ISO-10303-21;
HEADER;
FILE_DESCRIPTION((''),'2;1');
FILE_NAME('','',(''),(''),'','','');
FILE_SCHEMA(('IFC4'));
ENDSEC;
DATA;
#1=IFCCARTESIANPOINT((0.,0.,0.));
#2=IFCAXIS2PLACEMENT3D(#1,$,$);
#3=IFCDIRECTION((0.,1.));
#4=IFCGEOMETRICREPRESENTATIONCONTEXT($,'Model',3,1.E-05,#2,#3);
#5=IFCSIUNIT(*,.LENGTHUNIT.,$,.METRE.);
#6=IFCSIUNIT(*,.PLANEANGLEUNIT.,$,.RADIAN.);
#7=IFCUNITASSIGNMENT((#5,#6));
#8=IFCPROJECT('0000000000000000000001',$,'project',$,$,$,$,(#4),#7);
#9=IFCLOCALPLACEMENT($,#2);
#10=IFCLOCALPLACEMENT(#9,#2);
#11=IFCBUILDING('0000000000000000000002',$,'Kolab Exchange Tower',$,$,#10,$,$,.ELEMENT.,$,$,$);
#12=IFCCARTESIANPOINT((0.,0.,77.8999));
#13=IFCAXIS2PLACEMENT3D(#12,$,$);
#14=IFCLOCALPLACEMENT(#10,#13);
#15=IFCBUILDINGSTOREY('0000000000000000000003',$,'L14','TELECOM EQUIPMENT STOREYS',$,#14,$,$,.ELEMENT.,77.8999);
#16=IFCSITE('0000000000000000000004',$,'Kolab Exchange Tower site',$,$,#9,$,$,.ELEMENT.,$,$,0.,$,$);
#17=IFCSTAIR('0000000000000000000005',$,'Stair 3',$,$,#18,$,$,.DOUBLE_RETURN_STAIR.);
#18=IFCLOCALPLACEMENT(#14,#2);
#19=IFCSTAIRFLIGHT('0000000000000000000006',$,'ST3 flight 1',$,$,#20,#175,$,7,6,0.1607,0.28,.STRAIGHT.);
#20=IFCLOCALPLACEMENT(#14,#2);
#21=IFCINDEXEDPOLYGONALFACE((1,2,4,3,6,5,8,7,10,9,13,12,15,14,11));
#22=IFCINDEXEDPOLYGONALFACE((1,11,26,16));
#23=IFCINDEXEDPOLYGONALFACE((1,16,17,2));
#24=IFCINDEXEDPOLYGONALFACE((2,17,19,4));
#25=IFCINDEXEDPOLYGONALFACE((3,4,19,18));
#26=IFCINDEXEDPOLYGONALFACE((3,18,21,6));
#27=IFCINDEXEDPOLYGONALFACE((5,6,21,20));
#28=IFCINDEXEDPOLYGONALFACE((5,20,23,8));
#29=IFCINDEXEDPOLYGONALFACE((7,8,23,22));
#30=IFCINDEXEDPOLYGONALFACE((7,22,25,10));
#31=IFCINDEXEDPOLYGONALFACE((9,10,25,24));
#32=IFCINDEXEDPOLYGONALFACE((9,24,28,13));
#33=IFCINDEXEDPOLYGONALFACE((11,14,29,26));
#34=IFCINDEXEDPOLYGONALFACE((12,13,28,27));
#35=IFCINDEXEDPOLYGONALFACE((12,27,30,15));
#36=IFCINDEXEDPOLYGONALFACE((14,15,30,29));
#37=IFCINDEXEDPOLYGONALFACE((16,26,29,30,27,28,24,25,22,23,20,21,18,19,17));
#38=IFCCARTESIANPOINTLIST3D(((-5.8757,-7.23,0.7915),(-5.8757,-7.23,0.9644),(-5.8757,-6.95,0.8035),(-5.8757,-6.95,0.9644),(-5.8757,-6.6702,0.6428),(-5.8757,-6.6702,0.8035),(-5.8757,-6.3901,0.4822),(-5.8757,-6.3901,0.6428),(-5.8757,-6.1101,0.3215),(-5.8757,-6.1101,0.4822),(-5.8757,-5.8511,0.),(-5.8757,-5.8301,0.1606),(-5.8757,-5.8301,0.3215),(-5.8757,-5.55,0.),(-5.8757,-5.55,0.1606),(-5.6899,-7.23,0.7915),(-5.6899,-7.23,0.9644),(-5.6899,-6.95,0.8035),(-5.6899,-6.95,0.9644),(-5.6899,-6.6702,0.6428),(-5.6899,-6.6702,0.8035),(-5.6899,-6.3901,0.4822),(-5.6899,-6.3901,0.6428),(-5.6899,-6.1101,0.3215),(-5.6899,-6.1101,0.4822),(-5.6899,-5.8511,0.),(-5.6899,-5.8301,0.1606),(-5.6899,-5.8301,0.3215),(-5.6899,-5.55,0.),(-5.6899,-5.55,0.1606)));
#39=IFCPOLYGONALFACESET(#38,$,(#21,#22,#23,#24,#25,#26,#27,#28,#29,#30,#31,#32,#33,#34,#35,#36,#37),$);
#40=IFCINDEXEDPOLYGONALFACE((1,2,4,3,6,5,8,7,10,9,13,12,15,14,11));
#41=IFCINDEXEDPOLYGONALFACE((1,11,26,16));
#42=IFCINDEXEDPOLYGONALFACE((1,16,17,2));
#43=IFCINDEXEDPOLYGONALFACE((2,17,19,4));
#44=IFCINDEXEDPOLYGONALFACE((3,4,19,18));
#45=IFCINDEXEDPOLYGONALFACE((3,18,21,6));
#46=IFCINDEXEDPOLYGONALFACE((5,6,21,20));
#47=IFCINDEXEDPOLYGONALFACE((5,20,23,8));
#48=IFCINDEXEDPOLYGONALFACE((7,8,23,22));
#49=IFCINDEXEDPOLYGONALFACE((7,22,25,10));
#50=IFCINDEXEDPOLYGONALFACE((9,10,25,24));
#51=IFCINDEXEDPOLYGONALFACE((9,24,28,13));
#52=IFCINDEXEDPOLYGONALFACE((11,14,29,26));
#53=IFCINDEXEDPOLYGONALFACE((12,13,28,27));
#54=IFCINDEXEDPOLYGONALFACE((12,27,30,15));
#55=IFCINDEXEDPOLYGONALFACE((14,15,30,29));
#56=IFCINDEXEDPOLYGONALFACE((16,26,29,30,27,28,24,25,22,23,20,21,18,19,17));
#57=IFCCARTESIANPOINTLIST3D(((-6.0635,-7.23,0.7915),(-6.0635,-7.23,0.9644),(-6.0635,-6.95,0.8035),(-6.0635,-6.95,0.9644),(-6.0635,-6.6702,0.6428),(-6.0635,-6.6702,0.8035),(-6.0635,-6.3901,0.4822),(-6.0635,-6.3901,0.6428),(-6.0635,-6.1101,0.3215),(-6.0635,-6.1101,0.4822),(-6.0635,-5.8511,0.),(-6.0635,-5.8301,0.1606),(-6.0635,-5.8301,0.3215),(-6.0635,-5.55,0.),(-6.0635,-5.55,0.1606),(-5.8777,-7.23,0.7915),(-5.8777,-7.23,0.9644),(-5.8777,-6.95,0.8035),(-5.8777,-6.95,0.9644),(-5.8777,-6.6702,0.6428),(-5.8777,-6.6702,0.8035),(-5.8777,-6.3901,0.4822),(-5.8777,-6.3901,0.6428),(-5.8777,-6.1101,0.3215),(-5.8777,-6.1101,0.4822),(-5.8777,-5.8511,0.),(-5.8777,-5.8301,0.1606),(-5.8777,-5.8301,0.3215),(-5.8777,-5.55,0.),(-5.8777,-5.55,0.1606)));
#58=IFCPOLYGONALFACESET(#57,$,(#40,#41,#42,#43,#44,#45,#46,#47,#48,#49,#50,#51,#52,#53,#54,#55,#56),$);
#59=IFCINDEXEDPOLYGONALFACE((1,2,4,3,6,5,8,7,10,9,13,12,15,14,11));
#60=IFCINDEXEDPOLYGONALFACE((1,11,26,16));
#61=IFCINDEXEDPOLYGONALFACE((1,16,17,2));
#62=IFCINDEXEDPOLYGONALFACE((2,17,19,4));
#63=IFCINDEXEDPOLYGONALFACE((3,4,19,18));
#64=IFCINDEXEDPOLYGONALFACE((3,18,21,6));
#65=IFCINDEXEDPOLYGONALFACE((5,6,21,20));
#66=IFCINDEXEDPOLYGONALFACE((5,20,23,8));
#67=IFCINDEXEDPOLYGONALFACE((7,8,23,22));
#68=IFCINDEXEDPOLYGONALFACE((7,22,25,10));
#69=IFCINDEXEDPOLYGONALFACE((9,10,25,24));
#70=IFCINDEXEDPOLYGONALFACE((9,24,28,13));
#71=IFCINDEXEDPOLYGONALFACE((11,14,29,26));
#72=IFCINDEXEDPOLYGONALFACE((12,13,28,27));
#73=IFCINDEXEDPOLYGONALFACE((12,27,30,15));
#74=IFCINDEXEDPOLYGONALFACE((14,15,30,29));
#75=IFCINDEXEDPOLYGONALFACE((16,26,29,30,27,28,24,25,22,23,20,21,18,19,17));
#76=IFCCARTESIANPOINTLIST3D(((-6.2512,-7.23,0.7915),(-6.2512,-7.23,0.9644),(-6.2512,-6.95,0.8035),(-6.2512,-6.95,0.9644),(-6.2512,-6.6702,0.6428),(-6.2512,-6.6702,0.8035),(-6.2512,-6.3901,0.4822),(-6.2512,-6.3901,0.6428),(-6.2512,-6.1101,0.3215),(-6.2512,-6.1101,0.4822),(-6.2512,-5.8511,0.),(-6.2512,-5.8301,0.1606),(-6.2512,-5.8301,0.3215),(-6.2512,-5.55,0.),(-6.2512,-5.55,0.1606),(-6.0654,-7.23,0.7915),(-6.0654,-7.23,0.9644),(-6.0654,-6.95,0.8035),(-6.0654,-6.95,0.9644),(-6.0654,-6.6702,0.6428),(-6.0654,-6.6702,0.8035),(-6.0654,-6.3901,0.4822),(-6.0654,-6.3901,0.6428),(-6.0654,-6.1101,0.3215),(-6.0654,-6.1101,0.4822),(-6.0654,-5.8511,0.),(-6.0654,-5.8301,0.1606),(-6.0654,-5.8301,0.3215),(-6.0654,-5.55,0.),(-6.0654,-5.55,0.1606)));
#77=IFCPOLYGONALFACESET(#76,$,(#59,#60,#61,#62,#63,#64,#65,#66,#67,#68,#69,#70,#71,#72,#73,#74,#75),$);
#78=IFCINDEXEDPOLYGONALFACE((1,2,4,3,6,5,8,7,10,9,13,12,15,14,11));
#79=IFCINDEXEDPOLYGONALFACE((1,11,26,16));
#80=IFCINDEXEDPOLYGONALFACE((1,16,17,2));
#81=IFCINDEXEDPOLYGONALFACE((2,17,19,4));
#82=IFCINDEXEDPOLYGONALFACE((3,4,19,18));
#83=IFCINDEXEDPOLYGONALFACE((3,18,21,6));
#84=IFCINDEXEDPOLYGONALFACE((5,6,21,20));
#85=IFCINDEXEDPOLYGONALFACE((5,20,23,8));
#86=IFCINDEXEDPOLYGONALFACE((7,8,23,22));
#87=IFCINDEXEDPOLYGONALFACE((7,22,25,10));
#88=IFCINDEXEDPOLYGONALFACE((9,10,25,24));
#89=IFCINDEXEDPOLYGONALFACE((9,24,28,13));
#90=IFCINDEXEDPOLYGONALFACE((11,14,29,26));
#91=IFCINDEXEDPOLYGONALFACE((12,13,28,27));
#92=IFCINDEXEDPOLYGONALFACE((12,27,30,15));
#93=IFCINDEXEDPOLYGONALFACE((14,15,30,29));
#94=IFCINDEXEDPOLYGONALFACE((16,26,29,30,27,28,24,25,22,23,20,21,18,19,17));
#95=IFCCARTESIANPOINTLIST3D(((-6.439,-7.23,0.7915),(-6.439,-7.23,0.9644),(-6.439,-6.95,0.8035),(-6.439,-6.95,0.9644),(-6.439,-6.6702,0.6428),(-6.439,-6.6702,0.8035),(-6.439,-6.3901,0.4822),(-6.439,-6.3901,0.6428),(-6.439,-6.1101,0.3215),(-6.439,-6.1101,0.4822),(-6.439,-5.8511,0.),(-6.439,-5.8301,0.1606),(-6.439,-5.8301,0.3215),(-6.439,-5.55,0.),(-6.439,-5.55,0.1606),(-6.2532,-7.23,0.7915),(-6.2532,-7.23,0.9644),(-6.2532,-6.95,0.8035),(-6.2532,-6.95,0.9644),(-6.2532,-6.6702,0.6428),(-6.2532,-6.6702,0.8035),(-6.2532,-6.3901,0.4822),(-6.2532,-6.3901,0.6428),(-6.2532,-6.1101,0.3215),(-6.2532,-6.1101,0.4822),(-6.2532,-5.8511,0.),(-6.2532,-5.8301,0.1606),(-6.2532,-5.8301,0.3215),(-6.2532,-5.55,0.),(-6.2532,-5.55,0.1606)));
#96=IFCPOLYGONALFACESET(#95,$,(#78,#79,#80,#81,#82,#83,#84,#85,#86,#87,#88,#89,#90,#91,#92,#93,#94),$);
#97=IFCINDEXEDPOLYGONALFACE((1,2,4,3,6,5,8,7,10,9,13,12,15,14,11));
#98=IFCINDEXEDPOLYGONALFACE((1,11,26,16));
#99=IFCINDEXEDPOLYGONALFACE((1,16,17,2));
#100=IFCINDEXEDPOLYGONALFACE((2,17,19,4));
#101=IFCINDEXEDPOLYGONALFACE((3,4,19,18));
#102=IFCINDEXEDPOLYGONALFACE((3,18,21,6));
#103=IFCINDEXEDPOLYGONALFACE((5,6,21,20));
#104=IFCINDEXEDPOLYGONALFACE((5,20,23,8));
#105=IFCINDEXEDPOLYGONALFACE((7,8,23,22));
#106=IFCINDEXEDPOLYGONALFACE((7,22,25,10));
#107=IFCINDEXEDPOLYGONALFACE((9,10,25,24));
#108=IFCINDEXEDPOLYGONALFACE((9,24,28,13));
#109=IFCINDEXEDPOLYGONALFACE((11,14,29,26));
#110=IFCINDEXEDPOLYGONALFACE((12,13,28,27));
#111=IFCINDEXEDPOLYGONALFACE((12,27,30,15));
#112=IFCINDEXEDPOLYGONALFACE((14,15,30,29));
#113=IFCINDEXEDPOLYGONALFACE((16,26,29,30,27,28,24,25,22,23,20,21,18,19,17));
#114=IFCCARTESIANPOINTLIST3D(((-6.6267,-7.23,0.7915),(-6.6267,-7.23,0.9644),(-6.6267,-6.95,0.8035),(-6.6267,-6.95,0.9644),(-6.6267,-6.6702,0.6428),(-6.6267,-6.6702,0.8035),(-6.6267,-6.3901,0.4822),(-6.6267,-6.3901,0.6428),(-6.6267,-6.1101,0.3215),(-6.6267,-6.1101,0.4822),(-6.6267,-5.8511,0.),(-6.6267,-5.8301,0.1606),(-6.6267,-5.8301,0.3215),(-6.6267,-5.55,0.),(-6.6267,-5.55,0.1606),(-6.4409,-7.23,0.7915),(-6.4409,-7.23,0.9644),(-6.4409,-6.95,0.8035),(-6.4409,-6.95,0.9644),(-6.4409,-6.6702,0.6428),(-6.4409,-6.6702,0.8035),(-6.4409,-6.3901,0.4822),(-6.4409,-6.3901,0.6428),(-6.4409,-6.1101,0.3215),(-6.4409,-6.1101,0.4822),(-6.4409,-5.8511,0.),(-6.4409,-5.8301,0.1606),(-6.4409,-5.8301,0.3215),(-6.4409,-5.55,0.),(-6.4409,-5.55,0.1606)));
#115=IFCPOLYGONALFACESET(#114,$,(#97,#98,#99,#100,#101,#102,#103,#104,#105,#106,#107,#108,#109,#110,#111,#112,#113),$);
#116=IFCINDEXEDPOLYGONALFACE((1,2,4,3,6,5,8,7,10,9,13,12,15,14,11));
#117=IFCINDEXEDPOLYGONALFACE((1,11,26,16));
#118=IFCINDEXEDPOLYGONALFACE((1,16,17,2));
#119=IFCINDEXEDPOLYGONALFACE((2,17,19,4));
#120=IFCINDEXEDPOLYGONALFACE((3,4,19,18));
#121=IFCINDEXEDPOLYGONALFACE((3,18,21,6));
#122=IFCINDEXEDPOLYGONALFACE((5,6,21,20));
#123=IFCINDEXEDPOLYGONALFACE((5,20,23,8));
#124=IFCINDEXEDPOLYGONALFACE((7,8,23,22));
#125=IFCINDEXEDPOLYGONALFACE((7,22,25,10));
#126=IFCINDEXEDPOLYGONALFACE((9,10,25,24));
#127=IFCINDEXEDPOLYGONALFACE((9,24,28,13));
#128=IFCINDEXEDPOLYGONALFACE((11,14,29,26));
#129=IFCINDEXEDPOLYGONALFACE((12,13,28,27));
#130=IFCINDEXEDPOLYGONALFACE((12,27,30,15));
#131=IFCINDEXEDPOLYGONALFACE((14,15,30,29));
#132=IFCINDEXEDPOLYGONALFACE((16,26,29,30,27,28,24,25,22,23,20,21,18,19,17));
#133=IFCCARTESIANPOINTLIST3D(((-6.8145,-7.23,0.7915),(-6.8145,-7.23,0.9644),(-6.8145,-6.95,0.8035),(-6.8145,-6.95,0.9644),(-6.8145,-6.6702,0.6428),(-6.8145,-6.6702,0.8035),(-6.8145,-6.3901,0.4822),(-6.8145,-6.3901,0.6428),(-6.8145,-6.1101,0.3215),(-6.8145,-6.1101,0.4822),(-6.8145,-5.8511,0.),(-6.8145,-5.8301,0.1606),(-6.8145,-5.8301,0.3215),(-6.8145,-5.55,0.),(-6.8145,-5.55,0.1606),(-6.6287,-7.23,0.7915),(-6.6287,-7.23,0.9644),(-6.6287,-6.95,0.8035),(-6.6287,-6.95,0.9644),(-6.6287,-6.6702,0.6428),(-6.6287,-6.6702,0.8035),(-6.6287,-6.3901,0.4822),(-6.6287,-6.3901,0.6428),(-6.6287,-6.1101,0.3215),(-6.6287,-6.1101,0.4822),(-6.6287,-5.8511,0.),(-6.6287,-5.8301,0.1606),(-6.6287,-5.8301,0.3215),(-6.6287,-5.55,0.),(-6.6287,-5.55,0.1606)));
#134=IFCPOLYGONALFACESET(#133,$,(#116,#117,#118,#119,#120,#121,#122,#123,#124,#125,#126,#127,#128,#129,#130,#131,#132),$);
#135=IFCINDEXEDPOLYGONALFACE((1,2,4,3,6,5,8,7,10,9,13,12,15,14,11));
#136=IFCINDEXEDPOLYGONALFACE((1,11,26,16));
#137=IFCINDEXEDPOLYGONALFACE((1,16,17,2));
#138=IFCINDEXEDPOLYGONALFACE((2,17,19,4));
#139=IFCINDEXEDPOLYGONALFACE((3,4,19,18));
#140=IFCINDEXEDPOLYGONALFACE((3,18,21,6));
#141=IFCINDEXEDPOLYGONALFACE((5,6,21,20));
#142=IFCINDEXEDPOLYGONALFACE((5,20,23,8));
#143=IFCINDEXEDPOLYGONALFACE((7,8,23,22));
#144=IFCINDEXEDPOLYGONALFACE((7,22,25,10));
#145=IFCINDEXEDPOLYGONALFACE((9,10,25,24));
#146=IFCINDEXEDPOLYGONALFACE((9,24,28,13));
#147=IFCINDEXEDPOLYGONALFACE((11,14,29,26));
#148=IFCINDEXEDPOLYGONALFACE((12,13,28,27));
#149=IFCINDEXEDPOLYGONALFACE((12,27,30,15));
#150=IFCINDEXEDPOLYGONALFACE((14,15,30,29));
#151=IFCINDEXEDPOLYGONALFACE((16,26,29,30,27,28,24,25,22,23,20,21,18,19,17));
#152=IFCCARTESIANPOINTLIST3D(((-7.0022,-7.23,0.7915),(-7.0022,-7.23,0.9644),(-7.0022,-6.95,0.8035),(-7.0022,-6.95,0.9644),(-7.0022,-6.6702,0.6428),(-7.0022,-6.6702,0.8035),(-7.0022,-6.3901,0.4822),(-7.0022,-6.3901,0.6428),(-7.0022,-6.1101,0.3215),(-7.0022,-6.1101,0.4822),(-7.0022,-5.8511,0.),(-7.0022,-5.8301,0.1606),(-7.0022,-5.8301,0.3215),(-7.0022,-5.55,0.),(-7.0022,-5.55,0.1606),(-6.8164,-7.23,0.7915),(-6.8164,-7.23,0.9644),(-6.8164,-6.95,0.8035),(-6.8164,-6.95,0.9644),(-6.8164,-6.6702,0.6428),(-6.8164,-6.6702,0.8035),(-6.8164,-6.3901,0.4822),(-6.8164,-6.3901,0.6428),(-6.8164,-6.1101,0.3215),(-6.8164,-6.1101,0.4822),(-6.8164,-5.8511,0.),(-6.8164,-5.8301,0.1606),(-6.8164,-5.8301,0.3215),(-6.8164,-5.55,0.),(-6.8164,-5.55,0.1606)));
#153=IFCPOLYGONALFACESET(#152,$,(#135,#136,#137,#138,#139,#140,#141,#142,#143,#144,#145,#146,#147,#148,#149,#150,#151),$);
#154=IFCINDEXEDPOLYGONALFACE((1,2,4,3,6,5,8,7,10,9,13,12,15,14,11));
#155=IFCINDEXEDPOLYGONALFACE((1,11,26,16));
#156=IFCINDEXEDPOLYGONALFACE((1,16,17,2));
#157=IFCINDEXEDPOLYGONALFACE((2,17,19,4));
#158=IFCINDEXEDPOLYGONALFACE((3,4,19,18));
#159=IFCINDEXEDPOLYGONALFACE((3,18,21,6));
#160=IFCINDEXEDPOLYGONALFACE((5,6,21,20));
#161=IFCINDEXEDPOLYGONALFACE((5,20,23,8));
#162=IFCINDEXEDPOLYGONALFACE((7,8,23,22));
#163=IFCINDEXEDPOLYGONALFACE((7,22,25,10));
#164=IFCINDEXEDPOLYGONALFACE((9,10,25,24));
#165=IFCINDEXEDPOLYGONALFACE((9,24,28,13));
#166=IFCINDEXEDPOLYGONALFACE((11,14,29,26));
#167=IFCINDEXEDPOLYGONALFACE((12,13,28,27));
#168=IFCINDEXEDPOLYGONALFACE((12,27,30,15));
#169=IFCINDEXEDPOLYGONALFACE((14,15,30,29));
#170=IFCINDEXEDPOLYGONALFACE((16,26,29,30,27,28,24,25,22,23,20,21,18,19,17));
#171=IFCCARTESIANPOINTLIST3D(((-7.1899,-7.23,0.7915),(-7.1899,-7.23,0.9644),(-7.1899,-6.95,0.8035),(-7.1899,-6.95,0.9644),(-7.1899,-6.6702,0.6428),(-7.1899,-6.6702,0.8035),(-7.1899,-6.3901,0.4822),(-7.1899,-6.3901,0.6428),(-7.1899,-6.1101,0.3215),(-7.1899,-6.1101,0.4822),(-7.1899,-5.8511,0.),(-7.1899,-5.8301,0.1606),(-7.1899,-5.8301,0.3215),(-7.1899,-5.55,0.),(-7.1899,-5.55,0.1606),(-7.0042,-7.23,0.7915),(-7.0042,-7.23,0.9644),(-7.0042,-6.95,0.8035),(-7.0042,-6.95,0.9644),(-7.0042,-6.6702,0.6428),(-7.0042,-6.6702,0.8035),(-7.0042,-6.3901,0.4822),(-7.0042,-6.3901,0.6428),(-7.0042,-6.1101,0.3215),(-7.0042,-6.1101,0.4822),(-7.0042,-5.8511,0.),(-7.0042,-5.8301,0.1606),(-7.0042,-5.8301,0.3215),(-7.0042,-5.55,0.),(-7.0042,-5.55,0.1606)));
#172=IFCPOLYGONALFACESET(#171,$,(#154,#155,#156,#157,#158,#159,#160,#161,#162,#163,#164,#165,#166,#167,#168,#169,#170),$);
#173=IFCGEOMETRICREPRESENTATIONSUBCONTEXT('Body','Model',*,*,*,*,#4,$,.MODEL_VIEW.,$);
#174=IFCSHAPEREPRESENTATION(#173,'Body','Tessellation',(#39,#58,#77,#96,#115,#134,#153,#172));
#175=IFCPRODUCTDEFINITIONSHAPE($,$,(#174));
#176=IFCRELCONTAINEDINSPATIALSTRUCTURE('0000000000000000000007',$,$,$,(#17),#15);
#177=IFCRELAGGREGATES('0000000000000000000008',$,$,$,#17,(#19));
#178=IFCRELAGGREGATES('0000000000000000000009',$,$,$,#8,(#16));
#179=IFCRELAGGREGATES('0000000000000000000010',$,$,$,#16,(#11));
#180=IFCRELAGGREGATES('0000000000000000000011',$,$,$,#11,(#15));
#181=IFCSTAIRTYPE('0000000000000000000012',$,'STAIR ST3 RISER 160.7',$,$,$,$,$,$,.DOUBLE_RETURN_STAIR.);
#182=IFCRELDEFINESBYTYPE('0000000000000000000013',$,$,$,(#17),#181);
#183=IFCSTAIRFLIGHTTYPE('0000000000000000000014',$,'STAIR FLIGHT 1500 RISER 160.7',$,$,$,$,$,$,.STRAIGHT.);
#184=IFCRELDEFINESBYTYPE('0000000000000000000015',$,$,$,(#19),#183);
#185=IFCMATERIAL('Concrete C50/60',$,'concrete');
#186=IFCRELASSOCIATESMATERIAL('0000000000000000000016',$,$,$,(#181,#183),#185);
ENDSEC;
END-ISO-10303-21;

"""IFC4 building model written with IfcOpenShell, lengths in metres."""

from ifc_helpers import new_model, si_unit, direction, frame, origin, place, context, subcontext, project, spatial, polyline, outline, extrude, material, type_object, element, aggregate, save


model = new_model("IFC4")

# Units and contexts
model_context = context("Model", 3, precision=1e-05, world=origin(), true_north=direction((0.0, 1.0)))
body_context = subcontext(model_context, "Body", "Model", "MODEL_VIEW")
ifc_project = project(units=[si_unit("LENGTHUNIT", "METRE"), si_unit("PLANEANGLEUNIT", "RADIAN")], contexts=[model_context])

# Site, building, storey
site_placement = place(None, origin())
site = spatial("IfcSite", under=ifc_project, at=site_placement, Name="Kolab Exchange Tower site", CompositionType="ELEMENT", RefElevation=0.0)
building_placement = place(site_placement, origin())
building = spatial("IfcBuilding", under=site, at=building_placement, Name="Kolab Exchange Tower", CompositionType="ELEMENT")
storey_placement = place(building_placement, frame((0.0, 0.0, 77.8999)))
storey = spatial("IfcBuildingStorey", under=building, at=storey_placement, Name="L14", Description="TELECOM EQUIPMENT STOREYS", CompositionType="ELEMENT", Elevation=77.8999)

# Shared definitions
ifc_material_1 = material(Name="Concrete C50/60", Category="concrete")

# Stair, stair flight
stair_type = type_object("IfcStairType", Name="STAIR ST3 RISER 160.7", PredefinedType="DOUBLE_RETURN_STAIR", material=ifc_material_1)
stair_placement = place(storey_placement, origin())
stair = element("IfcStair", 1, at=stair_placement, inside=storey, type_object=stair_type, Name="Stair 3", PredefinedType="DOUBLE_RETURN_STAIR")
stair_flight_type = type_object("IfcStairFlightType", Name="STAIR FLIGHT 1500 RISER 160.7", PredefinedType="STRAIGHT", material=ifc_material_1)
stair_flight_1_placement = place(storey_placement, frame((-6.4399, -5.55, 0.0), z_axis=(0.0, 0.0, 1.0), x_axis=(0.0, -1.0, 0.0)))
stair_flight_1 = element("IfcStairFlight", 2, at=stair_flight_1_placement, type_object=stair_flight_type, Name="ST3 flight 1", NumberOfRisers=7, NumberOfTreads=6, PredefinedType="STRAIGHT", RiserHeight=0.1607, TreadLength=0.28, context=body_context, shape_type="SweptSolid", body=[
    extrude(outline(polyline([(0.0, 0.0), (0.0, 0.1606), (0.28, 0.1606), (0.28, 0.3215), (0.5601, 0.3215), (0.5601, 0.4822), (0.8401, 0.4822), (0.8401, 0.6428), (1.1201, 0.6428), (1.1201, 0.8035), (1.3999, 0.8035), (1.3999, 0.9644), (1.6799, 0.9644), (1.6799, 1.125), (1.6799, 0.7915), (0.301, 0.0), (0.0, 0.0)])), frame((0.0, 0.75, 0.0), z_axis=(0.0, -1.0, 0.0), x_axis=(1.0, 0.0, 0.0)), (0.0, 0.0, 1.0), 0.1858),
    extrude(outline(polyline([(0.0, 0.0), (0.0, 0.1606), (0.28, 0.1606), (0.28, 0.3215), (0.5601, 0.3215), (0.5601, 0.4822), (0.8401, 0.4822), (0.8401, 0.6428), (1.1201, 0.6428), (1.1201, 0.8035), (1.3999, 0.8035), (1.3999, 0.9644), (1.6799, 0.9644), (1.6799, 1.125), (1.6799, 0.7915), (0.301, 0.0), (0.0, 0.0)])), frame((0.0, 0.5623, 0.0), z_axis=(0.0, -1.0, 0.0), x_axis=(1.0, 0.0, 0.0)), (0.0, 0.0, 1.0), 0.1858),
    extrude(outline(polyline([(0.0, 0.0), (0.0, 0.1606), (0.28, 0.1606), (0.28, 0.3215), (0.5601, 0.3215), (0.5601, 0.4822), (0.8401, 0.4822), (0.8401, 0.6428), (1.1201, 0.6428), (1.1201, 0.8035), (1.3999, 0.8035), (1.3999, 0.9644), (1.6799, 0.9644), (1.6799, 1.125), (1.6799, 0.7915), (0.301, 0.0), (0.0, 0.0)])), frame((0.0, 0.3745, 0.0), z_axis=(0.0, -1.0, 0.0), x_axis=(1.0, 0.0, 0.0)), (0.0, 0.0, 1.0), 0.1858),
    extrude(outline(polyline([(0.0, 0.0), (0.0, 0.1606), (0.28, 0.1606), (0.28, 0.3215), (0.5601, 0.3215), (0.5601, 0.4822), (0.8401, 0.4822), (0.8401, 0.6428), (1.1201, 0.6428), (1.1201, 0.8035), (1.3999, 0.8035), (1.3999, 0.9644), (1.6799, 0.9644), (1.6799, 1.125), (1.6799, 0.7915), (0.301, 0.0), (0.0, 0.0)])), frame((0.0, 0.1868, 0.0), z_axis=(0.0, -1.0, 0.0), x_axis=(1.0, 0.0, 0.0)), (0.0, 0.0, 1.0), 0.1858),
    extrude(outline(polyline([(0.0, 0.0), (0.0, 0.1606), (0.28, 0.1606), (0.28, 0.3215), (0.5601, 0.3215), (0.5601, 0.4822), (0.8401, 0.4822), (0.8401, 0.6428), (1.1201, 0.6428), (1.1201, 0.8035), (1.3999, 0.8035), (1.3999, 0.9644), (1.6799, 0.9644), (1.6799, 1.125), (1.6799, 0.7915), (0.301, 0.0), (0.0, 0.0)])), frame((0.0, -0.001, 0.0), z_axis=(0.0, -1.0, 0.0), x_axis=(1.0, 0.0, 0.0)), (0.0, 0.0, 1.0), 0.1858),
    extrude(outline(polyline([(0.0, 0.0), (0.0, 0.1606), (0.28, 0.1606), (0.28, 0.3215), (0.5601, 0.3215), (0.5601, 0.4822), (0.8401, 0.4822), (0.8401, 0.6428), (1.1201, 0.6428), (1.1201, 0.8035), (1.3999, 0.8035), (1.3999, 0.9644), (1.6799, 0.9644), (1.6799, 1.125), (1.6799, 0.7915), (0.301, 0.0), (0.0, 0.0)])), frame((0.0, -0.1887, 0.0), z_axis=(0.0, -1.0, 0.0), x_axis=(1.0, 0.0, 0.0)), (0.0, 0.0, 1.0), 0.1858),
    extrude(outline(polyline([(0.0, 0.0), (0.0, 0.1606), (0.28, 0.1606), (0.28, 0.3215), (0.5601, 0.3215), (0.5601, 0.4822), (0.8401, 0.4822), (0.8401, 0.6428), (1.1201, 0.6428), (1.1201, 0.8035), (1.3999, 0.8035), (1.3999, 0.9644), (1.6799, 0.9644), (1.6799, 1.125), (1.6799, 0.7915), (0.301, 0.0), (0.0, 0.0)])), frame((0.0, -0.3765, 0.0), z_axis=(0.0, -1.0, 0.0), x_axis=(1.0, 0.0, 0.0)), (0.0, 0.0, 1.0), 0.1858),
    extrude(outline(polyline([(0.0, 0.0), (0.0, 0.1606), (0.28, 0.1606), (0.28, 0.3215), (0.5601, 0.3215), (0.5601, 0.4822), (0.8401, 0.4822), (0.8401, 0.6428), (1.1201, 0.6428), (1.1201, 0.8035), (1.3999, 0.8035), (1.3999, 0.9644), (1.6799, 0.9644), (1.6799, 1.125), (1.6799, 0.7915), (0.301, 0.0), (0.0, 0.0)])), frame((0.0, -0.5642, 0.0), z_axis=(0.0, -1.0, 0.0), x_axis=(1.0, 0.0, 0.0)), (0.0, 0.0, 1.0), 0.1858),
])
aggregate(stair, [stair_flight_1])

save(model, "model.ifc")
